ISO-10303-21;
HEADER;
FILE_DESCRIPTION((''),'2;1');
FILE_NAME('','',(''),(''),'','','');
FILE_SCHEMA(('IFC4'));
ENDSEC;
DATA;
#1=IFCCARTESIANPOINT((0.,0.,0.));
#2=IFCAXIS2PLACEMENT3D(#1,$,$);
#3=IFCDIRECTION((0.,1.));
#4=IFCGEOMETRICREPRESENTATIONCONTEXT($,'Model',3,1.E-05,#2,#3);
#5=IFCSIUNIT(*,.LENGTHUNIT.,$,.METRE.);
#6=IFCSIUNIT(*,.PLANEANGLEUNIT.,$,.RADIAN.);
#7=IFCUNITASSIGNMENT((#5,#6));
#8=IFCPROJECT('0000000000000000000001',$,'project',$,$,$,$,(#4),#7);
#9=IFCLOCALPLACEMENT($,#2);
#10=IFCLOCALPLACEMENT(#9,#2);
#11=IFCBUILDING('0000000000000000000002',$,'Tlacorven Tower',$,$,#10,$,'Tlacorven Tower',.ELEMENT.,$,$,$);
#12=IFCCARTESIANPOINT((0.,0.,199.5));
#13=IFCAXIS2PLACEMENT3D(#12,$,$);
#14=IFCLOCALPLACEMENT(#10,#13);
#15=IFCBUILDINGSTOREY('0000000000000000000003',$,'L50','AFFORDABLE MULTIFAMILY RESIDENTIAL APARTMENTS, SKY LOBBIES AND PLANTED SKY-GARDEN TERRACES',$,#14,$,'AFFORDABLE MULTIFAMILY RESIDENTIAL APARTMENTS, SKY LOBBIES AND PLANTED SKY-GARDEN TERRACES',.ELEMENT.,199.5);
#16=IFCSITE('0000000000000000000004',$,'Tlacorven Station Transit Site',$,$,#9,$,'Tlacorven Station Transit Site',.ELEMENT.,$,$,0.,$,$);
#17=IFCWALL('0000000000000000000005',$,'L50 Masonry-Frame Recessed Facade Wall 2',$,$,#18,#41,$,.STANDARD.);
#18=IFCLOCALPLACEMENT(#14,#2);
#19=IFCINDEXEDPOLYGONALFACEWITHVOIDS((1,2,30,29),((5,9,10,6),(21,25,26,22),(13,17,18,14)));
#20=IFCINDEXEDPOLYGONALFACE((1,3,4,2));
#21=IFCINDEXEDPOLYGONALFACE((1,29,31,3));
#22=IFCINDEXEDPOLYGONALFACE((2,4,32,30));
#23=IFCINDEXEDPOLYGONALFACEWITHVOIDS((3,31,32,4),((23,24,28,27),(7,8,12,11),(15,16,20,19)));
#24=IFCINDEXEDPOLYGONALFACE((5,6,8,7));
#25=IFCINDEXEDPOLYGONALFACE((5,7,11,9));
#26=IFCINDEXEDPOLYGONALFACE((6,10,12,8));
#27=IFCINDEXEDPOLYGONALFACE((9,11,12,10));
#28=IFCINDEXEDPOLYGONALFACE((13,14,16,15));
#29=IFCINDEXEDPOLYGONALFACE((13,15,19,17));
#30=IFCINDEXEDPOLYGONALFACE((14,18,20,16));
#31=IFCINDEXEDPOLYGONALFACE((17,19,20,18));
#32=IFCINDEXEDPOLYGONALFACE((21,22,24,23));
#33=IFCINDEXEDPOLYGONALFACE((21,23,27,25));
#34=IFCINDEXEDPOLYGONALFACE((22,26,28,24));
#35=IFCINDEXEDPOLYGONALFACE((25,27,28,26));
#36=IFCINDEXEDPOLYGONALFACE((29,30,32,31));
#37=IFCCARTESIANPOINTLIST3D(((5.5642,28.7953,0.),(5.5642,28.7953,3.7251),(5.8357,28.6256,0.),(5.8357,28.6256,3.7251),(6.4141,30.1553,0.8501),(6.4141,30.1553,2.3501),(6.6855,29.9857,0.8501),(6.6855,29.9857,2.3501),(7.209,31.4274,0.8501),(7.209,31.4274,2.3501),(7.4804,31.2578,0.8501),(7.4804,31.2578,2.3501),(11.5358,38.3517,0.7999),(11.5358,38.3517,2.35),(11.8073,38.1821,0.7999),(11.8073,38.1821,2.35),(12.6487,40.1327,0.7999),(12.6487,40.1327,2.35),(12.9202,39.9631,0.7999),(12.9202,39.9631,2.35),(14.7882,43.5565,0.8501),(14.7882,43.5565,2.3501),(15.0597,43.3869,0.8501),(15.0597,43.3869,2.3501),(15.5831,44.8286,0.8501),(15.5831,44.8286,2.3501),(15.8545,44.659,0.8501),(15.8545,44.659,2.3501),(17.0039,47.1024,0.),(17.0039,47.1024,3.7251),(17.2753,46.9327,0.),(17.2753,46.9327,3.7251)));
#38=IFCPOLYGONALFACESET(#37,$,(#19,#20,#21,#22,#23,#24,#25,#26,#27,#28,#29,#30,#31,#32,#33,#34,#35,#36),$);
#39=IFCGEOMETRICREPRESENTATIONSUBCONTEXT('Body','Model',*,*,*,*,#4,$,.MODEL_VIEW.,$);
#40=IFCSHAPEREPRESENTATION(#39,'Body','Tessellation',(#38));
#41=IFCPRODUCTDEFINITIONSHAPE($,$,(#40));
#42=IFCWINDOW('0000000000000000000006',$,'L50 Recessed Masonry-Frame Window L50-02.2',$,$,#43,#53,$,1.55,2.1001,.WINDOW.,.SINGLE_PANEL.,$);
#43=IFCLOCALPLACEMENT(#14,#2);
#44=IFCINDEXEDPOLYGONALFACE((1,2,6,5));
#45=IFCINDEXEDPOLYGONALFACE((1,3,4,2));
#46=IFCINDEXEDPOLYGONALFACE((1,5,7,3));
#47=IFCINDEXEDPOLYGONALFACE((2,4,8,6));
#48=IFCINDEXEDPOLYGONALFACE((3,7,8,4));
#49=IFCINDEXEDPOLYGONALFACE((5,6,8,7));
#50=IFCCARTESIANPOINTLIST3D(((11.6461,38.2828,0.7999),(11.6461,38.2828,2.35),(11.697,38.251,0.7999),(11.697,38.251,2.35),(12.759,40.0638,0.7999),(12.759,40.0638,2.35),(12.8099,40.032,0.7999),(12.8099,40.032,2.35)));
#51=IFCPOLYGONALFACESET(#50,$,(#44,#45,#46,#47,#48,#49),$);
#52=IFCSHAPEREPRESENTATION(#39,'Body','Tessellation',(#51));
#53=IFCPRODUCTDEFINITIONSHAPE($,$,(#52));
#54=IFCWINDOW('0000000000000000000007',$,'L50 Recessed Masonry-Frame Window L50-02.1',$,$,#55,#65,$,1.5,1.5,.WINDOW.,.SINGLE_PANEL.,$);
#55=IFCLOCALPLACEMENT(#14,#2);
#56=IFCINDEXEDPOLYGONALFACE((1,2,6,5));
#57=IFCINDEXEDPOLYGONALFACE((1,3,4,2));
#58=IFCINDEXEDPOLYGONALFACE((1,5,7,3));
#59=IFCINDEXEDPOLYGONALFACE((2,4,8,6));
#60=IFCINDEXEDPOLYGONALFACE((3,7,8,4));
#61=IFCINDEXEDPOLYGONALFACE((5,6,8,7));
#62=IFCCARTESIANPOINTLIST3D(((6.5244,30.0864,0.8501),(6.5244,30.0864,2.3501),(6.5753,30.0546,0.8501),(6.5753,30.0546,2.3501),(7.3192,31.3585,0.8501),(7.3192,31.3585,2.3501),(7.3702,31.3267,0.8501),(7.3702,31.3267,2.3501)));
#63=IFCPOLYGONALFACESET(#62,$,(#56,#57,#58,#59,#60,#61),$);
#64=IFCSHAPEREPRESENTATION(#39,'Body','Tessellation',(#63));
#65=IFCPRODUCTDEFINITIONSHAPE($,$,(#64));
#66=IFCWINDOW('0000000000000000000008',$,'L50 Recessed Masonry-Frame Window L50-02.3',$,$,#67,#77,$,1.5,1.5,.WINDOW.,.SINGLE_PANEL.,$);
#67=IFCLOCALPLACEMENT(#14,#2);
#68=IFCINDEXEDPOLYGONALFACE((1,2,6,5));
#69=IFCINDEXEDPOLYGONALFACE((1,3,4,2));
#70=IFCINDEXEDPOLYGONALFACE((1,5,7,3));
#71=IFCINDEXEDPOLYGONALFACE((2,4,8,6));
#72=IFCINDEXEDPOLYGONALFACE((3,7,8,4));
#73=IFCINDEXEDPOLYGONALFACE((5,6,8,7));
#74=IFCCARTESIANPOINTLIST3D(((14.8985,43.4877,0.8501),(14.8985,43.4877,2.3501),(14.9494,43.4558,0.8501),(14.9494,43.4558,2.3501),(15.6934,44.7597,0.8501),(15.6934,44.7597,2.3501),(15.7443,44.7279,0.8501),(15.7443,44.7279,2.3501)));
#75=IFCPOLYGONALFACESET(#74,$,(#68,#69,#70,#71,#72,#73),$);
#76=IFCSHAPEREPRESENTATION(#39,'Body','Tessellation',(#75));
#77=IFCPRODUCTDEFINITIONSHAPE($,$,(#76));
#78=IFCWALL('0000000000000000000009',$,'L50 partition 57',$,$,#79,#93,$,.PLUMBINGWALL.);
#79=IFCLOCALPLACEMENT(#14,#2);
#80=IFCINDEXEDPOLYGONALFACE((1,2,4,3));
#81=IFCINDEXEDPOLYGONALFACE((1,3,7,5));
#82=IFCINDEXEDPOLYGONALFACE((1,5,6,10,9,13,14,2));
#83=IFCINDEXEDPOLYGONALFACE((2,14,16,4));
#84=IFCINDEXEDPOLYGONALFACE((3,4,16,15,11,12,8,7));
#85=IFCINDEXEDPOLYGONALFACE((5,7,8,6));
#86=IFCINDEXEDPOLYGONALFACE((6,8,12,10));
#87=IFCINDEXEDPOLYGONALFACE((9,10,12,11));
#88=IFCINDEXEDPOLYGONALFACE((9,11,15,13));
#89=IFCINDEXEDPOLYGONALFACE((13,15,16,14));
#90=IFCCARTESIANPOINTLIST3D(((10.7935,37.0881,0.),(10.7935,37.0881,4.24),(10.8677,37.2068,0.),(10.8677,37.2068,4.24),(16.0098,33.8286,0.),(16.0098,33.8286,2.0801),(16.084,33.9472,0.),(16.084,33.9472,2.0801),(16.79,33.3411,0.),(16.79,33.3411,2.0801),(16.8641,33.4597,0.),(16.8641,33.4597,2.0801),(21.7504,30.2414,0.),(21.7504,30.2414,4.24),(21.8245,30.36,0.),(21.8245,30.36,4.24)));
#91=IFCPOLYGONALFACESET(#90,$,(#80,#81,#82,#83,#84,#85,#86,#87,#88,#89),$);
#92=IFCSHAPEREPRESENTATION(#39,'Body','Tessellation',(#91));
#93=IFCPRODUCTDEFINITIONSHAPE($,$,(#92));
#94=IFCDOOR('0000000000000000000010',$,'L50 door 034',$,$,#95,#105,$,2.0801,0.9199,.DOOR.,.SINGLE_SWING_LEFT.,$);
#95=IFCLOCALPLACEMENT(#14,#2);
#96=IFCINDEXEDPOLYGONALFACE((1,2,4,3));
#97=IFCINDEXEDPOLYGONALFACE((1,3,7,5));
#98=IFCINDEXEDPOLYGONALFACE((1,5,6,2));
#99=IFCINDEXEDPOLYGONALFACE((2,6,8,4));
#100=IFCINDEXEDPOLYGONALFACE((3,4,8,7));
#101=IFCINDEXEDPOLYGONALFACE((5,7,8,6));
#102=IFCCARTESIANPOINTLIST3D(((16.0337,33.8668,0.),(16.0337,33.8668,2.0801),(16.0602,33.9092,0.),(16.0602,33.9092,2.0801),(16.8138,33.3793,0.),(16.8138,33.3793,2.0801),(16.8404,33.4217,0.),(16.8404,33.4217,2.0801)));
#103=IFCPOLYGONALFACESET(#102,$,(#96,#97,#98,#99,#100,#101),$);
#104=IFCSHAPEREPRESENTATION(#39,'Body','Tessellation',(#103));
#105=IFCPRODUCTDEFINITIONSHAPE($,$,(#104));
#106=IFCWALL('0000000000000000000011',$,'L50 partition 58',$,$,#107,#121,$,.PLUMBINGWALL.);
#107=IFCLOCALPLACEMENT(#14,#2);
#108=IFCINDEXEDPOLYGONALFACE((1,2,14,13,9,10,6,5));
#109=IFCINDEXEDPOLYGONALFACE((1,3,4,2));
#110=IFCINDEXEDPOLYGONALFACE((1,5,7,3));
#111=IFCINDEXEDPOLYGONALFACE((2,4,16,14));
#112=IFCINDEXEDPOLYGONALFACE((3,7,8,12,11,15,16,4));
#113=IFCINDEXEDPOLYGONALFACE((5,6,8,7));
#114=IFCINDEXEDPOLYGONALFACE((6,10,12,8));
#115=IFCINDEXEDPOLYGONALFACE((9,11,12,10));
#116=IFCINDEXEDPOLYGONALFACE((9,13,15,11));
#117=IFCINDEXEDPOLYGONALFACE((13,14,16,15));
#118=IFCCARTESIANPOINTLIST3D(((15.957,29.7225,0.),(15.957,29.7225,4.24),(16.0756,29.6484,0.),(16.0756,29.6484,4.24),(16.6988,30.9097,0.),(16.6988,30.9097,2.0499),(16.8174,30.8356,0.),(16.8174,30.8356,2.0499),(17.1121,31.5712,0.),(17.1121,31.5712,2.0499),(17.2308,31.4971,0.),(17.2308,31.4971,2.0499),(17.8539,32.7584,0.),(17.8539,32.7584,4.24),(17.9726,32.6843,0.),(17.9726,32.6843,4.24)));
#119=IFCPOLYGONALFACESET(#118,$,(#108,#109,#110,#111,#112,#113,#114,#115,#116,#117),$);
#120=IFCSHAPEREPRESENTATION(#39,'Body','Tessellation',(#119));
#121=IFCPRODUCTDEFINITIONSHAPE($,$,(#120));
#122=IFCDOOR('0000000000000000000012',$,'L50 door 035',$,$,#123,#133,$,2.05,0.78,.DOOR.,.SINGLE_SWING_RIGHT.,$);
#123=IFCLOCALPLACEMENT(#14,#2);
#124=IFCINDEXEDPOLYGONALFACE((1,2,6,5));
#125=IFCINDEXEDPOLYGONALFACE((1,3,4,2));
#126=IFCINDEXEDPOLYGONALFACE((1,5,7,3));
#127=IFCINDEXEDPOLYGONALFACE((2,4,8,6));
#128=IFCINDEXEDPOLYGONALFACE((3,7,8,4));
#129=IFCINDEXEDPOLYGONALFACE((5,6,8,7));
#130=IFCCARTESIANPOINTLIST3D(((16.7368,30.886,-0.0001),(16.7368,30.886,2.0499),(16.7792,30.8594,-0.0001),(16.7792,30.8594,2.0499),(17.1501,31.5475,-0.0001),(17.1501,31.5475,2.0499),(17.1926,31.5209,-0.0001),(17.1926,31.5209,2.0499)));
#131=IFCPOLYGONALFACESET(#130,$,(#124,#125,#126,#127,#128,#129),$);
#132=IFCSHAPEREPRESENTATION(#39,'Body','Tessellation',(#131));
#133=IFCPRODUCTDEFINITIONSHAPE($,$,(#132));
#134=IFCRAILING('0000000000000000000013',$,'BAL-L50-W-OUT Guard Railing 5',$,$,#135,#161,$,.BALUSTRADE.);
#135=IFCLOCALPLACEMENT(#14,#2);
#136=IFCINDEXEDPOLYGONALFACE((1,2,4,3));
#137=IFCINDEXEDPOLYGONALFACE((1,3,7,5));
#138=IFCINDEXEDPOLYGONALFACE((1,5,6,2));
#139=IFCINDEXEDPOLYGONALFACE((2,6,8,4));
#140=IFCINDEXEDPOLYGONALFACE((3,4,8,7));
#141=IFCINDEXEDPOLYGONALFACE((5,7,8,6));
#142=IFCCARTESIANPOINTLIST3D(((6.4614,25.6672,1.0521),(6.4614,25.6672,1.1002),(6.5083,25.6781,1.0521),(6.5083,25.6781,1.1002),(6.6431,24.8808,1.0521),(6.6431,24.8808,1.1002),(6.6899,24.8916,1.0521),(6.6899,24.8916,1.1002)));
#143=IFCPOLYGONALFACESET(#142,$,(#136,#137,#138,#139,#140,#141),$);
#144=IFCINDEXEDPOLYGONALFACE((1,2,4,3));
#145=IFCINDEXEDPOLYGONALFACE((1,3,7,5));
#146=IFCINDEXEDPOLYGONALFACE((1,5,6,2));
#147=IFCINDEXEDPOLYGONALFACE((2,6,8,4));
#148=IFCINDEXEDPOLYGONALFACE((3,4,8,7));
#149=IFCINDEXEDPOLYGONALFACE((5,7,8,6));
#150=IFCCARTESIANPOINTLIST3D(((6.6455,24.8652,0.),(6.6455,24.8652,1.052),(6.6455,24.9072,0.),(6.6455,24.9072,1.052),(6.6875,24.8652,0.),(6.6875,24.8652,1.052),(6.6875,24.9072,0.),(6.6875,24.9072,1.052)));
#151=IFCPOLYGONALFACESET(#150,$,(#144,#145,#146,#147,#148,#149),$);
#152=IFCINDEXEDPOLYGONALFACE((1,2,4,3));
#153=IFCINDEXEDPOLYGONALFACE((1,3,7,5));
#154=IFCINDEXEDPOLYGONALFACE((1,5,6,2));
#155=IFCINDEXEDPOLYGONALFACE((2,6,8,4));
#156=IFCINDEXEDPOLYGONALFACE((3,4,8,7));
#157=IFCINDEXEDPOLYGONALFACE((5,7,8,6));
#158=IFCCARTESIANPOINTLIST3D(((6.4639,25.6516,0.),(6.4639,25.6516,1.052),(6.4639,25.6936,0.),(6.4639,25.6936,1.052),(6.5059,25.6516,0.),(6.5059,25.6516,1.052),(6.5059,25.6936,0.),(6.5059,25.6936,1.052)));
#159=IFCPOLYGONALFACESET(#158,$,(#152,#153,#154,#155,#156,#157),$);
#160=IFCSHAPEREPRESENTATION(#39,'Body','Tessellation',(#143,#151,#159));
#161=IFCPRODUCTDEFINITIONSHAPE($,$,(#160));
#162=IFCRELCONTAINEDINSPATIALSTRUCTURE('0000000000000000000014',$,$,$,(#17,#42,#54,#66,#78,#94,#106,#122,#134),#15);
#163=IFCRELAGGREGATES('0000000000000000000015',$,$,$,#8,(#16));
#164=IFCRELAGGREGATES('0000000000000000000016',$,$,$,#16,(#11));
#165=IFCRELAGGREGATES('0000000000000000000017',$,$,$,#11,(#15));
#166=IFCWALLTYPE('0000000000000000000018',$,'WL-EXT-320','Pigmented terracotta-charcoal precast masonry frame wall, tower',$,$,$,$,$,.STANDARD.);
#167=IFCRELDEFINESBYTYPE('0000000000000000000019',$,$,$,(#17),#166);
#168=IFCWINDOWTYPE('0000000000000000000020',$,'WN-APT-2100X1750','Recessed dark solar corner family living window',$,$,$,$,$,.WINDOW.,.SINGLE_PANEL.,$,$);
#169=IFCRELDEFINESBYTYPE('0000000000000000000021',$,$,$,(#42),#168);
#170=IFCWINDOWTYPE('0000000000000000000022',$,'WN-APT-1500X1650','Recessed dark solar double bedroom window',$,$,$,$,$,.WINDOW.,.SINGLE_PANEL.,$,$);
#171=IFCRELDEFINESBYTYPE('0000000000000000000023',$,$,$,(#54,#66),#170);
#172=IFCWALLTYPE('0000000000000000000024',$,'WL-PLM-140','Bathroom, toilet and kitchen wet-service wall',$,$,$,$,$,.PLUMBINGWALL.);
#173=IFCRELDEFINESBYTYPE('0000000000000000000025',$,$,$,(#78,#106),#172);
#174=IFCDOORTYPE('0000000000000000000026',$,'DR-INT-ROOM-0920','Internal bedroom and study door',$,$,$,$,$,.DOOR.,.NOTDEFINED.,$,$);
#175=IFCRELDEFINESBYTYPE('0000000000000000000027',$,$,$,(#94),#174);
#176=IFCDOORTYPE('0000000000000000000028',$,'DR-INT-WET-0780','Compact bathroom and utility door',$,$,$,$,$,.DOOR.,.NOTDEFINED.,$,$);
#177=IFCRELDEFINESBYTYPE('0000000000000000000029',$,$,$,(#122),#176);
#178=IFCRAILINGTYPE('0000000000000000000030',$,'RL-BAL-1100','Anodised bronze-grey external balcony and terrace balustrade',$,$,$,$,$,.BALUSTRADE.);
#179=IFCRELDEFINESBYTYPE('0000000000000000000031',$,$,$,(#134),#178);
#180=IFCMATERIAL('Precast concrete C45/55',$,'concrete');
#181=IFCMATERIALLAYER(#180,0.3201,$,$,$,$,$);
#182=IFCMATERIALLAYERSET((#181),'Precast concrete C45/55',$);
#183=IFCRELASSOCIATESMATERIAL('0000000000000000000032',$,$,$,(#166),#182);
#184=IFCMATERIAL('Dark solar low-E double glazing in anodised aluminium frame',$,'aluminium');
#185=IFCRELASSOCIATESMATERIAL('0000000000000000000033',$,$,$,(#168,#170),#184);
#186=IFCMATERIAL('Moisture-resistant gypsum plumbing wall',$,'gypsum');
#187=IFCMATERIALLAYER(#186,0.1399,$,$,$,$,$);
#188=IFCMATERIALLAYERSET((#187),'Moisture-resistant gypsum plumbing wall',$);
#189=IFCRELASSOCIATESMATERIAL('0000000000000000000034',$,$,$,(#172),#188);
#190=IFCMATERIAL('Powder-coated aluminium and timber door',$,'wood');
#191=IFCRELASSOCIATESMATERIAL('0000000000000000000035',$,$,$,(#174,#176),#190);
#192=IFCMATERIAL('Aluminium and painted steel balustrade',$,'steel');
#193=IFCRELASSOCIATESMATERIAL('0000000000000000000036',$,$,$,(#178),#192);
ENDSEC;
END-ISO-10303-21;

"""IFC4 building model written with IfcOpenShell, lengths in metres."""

from ifc_helpers import new_model, si_unit, direction, frame, frame_2d, origin, origin_2d, place, context, subcontext, project, spatial, rectangle, extrude, source, transform, mapped, material, layer, layer_set, type_object, element, fill, save


model = new_model("IFC4")

# Units and contexts
model_context = context("Model", 3, precision=1e-05, world=origin(), true_north=direction((0.0, 1.0)))
body_context = subcontext(model_context, "Body", "Model", "MODEL_VIEW")
ifc_project = project(units=[si_unit("LENGTHUNIT", "METRE"), si_unit("PLANEANGLEUNIT", "RADIAN")], contexts=[model_context])

# Site, building, storey
site_placement = place(None, origin())
site = spatial("IfcSite", under=ifc_project, at=site_placement, Name="Tlacorven Station Transit Site", LongName="Tlacorven Station Transit Site", CompositionType="ELEMENT", RefElevation=0.0)
building_placement = place(site_placement, origin())
building = spatial("IfcBuilding", under=site, at=building_placement, Name="Tlacorven Tower", LongName="Tlacorven Tower", CompositionType="ELEMENT")
storey_placement = place(building_placement, frame((0.0, 0.0, 199.5)))
storey = spatial("IfcBuildingStorey", under=building, at=storey_placement, Name="L50", Description="AFFORDABLE MULTIFAMILY RESIDENTIAL APARTMENTS, SKY LOBBIES AND PLANTED SKY-GARDEN TERRACES", LongName="AFFORDABLE MULTIFAMILY RESIDENTIAL APARTMENTS, SKY LOBBIES AND PLANTED SKY-GARDEN TERRACES", CompositionType="ELEMENT", Elevation=199.5)

# Wall, openings, windows
ifc_material_1 = material(Name="Precast concrete C45/55", Category="concrete")
ifc_layer_1 = layer(ifc_material_1, 0.3201)
ifc_layer_set_1 = layer_set([ifc_layer_1], Name="Precast concrete C45/55")
wall_type_1 = type_object("IfcWallType", Name="WL-EXT-320", Description="Pigmented terracotta-charcoal precast masonry frame wall, tower", PredefinedType="STANDARD", material=ifc_layer_set_1)
wall_1_placement = place(storey_placement, frame((5.7, 28.7104, 0.0), z_axis=(0.0, 0.0, 1.0), x_axis=(0.529924, 0.848045, 0.0)))
wall_1 = element("IfcWall", 1, at=wall_1_placement, inside=storey, type_object=wall_type_1, Name="L50 Masonry-Frame Recessed Facade Wall 2", PredefinedType="STANDARD", context=body_context, shape_type="SweptSolid", body=[
    extrude(rectangle(XDim=21.5874, YDim=0.3201, at=frame_2d((10.7937, 0.0))), origin(), (0.0, 0.0, 1.0), 3.7251),
])
opening_1_placement = place(wall_1_placement, frame((1.6038, 0.0, 0.8501)))
opening_1 = element("IfcOpeningElement", 2, at=opening_1_placement, cuts=wall_1, PredefinedType="OPENING", context=body_context, shape_type="SweptSolid", body=[
    extrude(rectangle(XDim=1.5, YDim=1.5, at=frame_2d((0.75, 0.75))), frame((0.0, 0.1699, 0.0), z_axis=(0.0, -1.0, 0.0), x_axis=(1.0, 0.0, 0.0)), (0.0, 0.0, 1.0), 0.3401),
])
opening_2_placement = place(wall_1_placement, frame((11.2688, 0.0, 0.8)))
opening_2 = element("IfcOpeningElement", 3, at=opening_2_placement, cuts=wall_1, PredefinedType="OPENING", context=body_context, shape_type="SweptSolid", body=[
    extrude(rectangle(XDim=2.1001, YDim=1.55, at=frame_2d((1.05, 0.7749))), frame((0.0, 0.1699, 0.0), z_axis=(0.0, -1.0, 0.0), x_axis=(1.0, 0.0, 0.0)), (0.0, 0.0, 1.0), 0.3401),
])
opening_3_placement = place(wall_1_placement, frame((17.4062, 0.0, 0.8501)))
opening_3 = element("IfcOpeningElement", 4, at=opening_3_placement, cuts=wall_1, PredefinedType="OPENING", context=body_context, shape_type="SweptSolid", body=[
    extrude(rectangle(XDim=1.5, YDim=1.5, at=frame_2d((0.75, 0.75))), frame((0.0, 0.1699, 0.0), z_axis=(0.0, -1.0, 0.0), x_axis=(1.0, 0.0, 0.0)), (0.0, 0.0, 1.0), 0.3401),
])
ifc_material_2 = material(Name="Dark solar low-E double glazing in anodised aluminium frame", Category="aluminium")
window_type_1 = type_object("IfcWindowType", Name="WN-APT-2100X1750", Description="Recessed dark solar corner family living window", PartitioningType="SINGLE_PANEL", PredefinedType="WINDOW", material=ifc_material_2)
shared_shape_1 = source(origin(), body_context, "Body", "SweptSolid", [
    extrude(rectangle(XDim=2.1001, YDim=1.55, at=frame_2d((1.05, 0.7749))), frame((0.0, 0.03, 0.0), z_axis=(0.0, -1.0, 0.0), x_axis=(1.0, 0.0, 0.0)), (0.0, 0.0, 1.0), 0.0601),
])
window_1_placement = place(opening_2_placement, origin())
window_1 = element("IfcWindow", 5, at=window_1_placement, inside=storey, type_object=window_type_1, Name="L50 Recessed Masonry-Frame Window L50-02.2", OverallHeight=1.55, OverallWidth=2.1001, PartitioningType="SINGLE_PANEL", PredefinedType="WINDOW", context=body_context, shape_type="MappedRepresentation", body=[
    mapped(shared_shape_1, transform((0.0, 0.0, 0.0), scale=1.0)),
])
fill(opening_2, window_1)
window_type_2 = type_object("IfcWindowType", Name="WN-APT-1500X1650", Description="Recessed dark solar double bedroom window", PartitioningType="SINGLE_PANEL", PredefinedType="WINDOW", material=ifc_material_2)
shared_shape_2 = source(origin(), body_context, "Body", "SweptSolid", [
    extrude(rectangle(XDim=1.5, YDim=1.5, at=frame_2d((0.75, 0.75))), frame((0.0, 0.03, 0.0), z_axis=(0.0, -1.0, 0.0), x_axis=(1.0, 0.0, 0.0)), (0.0, 0.0, 1.0), 0.0601),
])
window_2_placement = place(opening_1_placement, origin())
window_2 = element("IfcWindow", 6, at=window_2_placement, inside=storey, type_object=window_type_2, Name="L50 Recessed Masonry-Frame Window L50-02.1", OverallHeight=1.5, OverallWidth=1.5, PartitioningType="SINGLE_PANEL", PredefinedType="WINDOW", context=body_context, shape_type="MappedRepresentation", body=[
    mapped(shared_shape_2, transform((0.0, 0.0, 0.0), scale=1.0)),
])
fill(opening_1, window_2)
window_3_placement = place(opening_3_placement, origin())
window_3 = element("IfcWindow", 7, at=window_3_placement, inside=storey, type_object=window_type_2, Name="L50 Recessed Masonry-Frame Window L50-02.3", OverallHeight=1.5, OverallWidth=1.5, PartitioningType="SINGLE_PANEL", PredefinedType="WINDOW", context=body_context, shape_type="MappedRepresentation", body=[
    mapped(shared_shape_2, transform((0.0, 0.0, 0.0), scale=1.0)),
])
fill(opening_3, window_3)

# Walls, openings, doors
ifc_material_3 = material(Name="Moisture-resistant gypsum plumbing wall", Category="gypsum")
ifc_layer_2 = layer(ifc_material_3, 0.1399)
ifc_layer_set_2 = layer_set([ifc_layer_2], Name="Moisture-resistant gypsum plumbing wall")
wall_type_2 = type_object("IfcWallType", Name="WL-PLM-140", Description="Bathroom, toilet and kitchen wet-service wall", PredefinedType="PLUMBINGWALL", material=ifc_layer_set_2)
wall_2_placement = place(storey_placement, frame((21.7874, 30.3008, 0.0), z_axis=(0.0, 0.0, 1.0), x_axis=(-0.848044, 0.529926, 0.0)))
wall_2 = element("IfcWall", 8, at=wall_2_placement, inside=storey, type_object=wall_type_2, Name="L50 partition 57", PredefinedType="PLUMBINGWALL", context=body_context, shape_type="SweptSolid", body=[
    extrude(rectangle(XDim=12.9202, YDim=0.1399, at=frame_2d((6.46, 0.0))), origin(), (0.0, 0.0, 1.0), 4.24),
])
opening_4_placement = place(wall_2_placement, frame((5.8491, 0.0, 0.0)))
opening_4 = element("IfcOpeningElement", 9, at=opening_4_placement, cuts=wall_2, PredefinedType="OPENING", context=body_context, shape_type="SweptSolid", body=[
    extrude(rectangle(XDim=0.9199, YDim=2.0801, at=frame_2d((0.46, 1.04))), frame((0.0, 0.0801, 0.0), z_axis=(0.0, -1.0, 0.0), x_axis=(1.0, 0.0, 0.0)), (0.0, 0.0, 1.0), 0.1599),
])
ifc_material_4 = material(Name="Powder-coated aluminium and timber door", Category="wood")
door_type_1 = type_object("IfcDoorType", Name="DR-INT-ROOM-0920", Description="Internal bedroom and study door", OperationType="NOTDEFINED", PredefinedType="DOOR", material=ifc_material_4)
shared_shape_3 = source(origin(), body_context, "Body", "SweptSolid", [
    extrude(rectangle(XDim=0.9199, YDim=2.0801, at=frame_2d((0.46, 1.04))), frame((0.0, 0.0249, 0.0), z_axis=(0.0, -1.0, 0.0), x_axis=(1.0, 0.0, 0.0)), (0.0, 0.0, 1.0), 0.05),
])
door_1_placement = place(opening_4_placement, origin())
door_1 = element("IfcDoor", 10, at=door_1_placement, inside=storey, type_object=door_type_1, Name="L50 door 034", OperationType="SINGLE_SWING_LEFT", OverallHeight=2.0801, OverallWidth=0.9199, PredefinedType="DOOR", context=body_context, shape_type="MappedRepresentation", body=[
    mapped(shared_shape_3, transform((0.0, 0.0, 0.0), scale=1.0)),
])
fill(opening_4, door_1)
wall_3_placement = place(storey_placement, frame((17.9133, 32.7214, 0.0), z_axis=(0.0, 0.0, 1.0), x_axis=(-0.529907, -0.848056, 0.0)))
wall_3 = element("IfcWall", 11, at=wall_3_placement, inside=storey, type_object=wall_type_2, Name="L50 partition 58", PredefinedType="PLUMBINGWALL", context=body_context, shape_type="SweptSolid", body=[
    extrude(rectangle(XDim=3.5798, YDim=0.1399, at=frame_2d((1.79, 0.0))), origin(), (0.0, 0.0, 1.0), 4.24),
])
opening_5_placement = place(wall_3_placement, frame((1.3999, 0.0, 0.0)))
opening_5 = element("IfcOpeningElement", 12, at=opening_5_placement, cuts=wall_3, PredefinedType="OPENING", context=body_context, shape_type="SweptSolid", body=[
    extrude(rectangle(XDim=0.78, YDim=2.05, at=frame_2d((0.3901, 1.0249))), frame((0.0, 0.0801, 0.0), z_axis=(0.0, -1.0, 0.0), x_axis=(1.0, 0.0, 0.0)), (0.0, 0.0, 1.0), 0.1599),
])
door_type_2 = type_object("IfcDoorType", Name="DR-INT-WET-0780", Description="Compact bathroom and utility door", OperationType="NOTDEFINED", PredefinedType="DOOR", material=ifc_material_4)
shared_shape_4 = source(origin(), body_context, "Body", "SweptSolid", [
    extrude(rectangle(XDim=0.78, YDim=2.05, at=frame_2d((0.3901, 1.0249))), frame((0.0, 0.0249, 0.0), z_axis=(0.0, -1.0, 0.0), x_axis=(1.0, 0.0, 0.0)), (0.0, 0.0, 1.0), 0.05),
])
door_2_placement = place(opening_5_placement, origin())
door_2 = element("IfcDoor", 13, at=door_2_placement, inside=storey, type_object=door_type_2, Name="L50 door 035", OperationType="SINGLE_SWING_RIGHT", OverallHeight=2.05, OverallWidth=0.78, PredefinedType="DOOR", context=body_context, shape_type="MappedRepresentation", body=[
    mapped(shared_shape_4, transform((0.0, 0.0, 0.0), scale=1.0)),
])
fill(opening_5, door_2)

# Railing
ifc_material_5 = material(Name="Aluminium and painted steel balustrade", Category="steel")
railing_type = type_object("IfcRailingType", Name="RL-BAL-1100", Description="Anodised bronze-grey external balcony and terrace balustrade", PredefinedType="BALUSTRADE", material=ifc_material_5)
shared_shape_5 = source(origin(), body_context, "Body", "SweptSolid", [
    extrude(rectangle(XDim=0.0481, YDim=0.0481, at=origin_2d()), frame((0.0, 0.0, 1.0762), z_axis=(-0.225058, 0.974345, 0.0), x_axis=(-0.974345, -0.225058, 0.0)), (0.0, 0.0, 1.0), 0.8071),
    extrude(rectangle(XDim=0.042, YDim=0.042, at=origin_2d()), origin(), (0.0, 0.0, 1.0), 1.052),
    extrude(rectangle(XDim=0.042, YDim=0.042, at=origin_2d()), frame((-0.1816, 0.7864, 0.0)), (0.0, 0.0, 1.0), 1.052),
])
railing_1_placement = place(storey_placement, frame((6.6665, 24.8862, 0.0)))
element("IfcRailing", 14, at=railing_1_placement, inside=storey, type_object=railing_type, Name="BAL-L50-W-OUT Guard Railing 5", PredefinedType="BALUSTRADE", context=body_context, shape_type="MappedRepresentation", body=[
    mapped(shared_shape_5, transform((0.0, 0.0, 0.0), scale=1.0)),
])

save(model, "model.ifc")
